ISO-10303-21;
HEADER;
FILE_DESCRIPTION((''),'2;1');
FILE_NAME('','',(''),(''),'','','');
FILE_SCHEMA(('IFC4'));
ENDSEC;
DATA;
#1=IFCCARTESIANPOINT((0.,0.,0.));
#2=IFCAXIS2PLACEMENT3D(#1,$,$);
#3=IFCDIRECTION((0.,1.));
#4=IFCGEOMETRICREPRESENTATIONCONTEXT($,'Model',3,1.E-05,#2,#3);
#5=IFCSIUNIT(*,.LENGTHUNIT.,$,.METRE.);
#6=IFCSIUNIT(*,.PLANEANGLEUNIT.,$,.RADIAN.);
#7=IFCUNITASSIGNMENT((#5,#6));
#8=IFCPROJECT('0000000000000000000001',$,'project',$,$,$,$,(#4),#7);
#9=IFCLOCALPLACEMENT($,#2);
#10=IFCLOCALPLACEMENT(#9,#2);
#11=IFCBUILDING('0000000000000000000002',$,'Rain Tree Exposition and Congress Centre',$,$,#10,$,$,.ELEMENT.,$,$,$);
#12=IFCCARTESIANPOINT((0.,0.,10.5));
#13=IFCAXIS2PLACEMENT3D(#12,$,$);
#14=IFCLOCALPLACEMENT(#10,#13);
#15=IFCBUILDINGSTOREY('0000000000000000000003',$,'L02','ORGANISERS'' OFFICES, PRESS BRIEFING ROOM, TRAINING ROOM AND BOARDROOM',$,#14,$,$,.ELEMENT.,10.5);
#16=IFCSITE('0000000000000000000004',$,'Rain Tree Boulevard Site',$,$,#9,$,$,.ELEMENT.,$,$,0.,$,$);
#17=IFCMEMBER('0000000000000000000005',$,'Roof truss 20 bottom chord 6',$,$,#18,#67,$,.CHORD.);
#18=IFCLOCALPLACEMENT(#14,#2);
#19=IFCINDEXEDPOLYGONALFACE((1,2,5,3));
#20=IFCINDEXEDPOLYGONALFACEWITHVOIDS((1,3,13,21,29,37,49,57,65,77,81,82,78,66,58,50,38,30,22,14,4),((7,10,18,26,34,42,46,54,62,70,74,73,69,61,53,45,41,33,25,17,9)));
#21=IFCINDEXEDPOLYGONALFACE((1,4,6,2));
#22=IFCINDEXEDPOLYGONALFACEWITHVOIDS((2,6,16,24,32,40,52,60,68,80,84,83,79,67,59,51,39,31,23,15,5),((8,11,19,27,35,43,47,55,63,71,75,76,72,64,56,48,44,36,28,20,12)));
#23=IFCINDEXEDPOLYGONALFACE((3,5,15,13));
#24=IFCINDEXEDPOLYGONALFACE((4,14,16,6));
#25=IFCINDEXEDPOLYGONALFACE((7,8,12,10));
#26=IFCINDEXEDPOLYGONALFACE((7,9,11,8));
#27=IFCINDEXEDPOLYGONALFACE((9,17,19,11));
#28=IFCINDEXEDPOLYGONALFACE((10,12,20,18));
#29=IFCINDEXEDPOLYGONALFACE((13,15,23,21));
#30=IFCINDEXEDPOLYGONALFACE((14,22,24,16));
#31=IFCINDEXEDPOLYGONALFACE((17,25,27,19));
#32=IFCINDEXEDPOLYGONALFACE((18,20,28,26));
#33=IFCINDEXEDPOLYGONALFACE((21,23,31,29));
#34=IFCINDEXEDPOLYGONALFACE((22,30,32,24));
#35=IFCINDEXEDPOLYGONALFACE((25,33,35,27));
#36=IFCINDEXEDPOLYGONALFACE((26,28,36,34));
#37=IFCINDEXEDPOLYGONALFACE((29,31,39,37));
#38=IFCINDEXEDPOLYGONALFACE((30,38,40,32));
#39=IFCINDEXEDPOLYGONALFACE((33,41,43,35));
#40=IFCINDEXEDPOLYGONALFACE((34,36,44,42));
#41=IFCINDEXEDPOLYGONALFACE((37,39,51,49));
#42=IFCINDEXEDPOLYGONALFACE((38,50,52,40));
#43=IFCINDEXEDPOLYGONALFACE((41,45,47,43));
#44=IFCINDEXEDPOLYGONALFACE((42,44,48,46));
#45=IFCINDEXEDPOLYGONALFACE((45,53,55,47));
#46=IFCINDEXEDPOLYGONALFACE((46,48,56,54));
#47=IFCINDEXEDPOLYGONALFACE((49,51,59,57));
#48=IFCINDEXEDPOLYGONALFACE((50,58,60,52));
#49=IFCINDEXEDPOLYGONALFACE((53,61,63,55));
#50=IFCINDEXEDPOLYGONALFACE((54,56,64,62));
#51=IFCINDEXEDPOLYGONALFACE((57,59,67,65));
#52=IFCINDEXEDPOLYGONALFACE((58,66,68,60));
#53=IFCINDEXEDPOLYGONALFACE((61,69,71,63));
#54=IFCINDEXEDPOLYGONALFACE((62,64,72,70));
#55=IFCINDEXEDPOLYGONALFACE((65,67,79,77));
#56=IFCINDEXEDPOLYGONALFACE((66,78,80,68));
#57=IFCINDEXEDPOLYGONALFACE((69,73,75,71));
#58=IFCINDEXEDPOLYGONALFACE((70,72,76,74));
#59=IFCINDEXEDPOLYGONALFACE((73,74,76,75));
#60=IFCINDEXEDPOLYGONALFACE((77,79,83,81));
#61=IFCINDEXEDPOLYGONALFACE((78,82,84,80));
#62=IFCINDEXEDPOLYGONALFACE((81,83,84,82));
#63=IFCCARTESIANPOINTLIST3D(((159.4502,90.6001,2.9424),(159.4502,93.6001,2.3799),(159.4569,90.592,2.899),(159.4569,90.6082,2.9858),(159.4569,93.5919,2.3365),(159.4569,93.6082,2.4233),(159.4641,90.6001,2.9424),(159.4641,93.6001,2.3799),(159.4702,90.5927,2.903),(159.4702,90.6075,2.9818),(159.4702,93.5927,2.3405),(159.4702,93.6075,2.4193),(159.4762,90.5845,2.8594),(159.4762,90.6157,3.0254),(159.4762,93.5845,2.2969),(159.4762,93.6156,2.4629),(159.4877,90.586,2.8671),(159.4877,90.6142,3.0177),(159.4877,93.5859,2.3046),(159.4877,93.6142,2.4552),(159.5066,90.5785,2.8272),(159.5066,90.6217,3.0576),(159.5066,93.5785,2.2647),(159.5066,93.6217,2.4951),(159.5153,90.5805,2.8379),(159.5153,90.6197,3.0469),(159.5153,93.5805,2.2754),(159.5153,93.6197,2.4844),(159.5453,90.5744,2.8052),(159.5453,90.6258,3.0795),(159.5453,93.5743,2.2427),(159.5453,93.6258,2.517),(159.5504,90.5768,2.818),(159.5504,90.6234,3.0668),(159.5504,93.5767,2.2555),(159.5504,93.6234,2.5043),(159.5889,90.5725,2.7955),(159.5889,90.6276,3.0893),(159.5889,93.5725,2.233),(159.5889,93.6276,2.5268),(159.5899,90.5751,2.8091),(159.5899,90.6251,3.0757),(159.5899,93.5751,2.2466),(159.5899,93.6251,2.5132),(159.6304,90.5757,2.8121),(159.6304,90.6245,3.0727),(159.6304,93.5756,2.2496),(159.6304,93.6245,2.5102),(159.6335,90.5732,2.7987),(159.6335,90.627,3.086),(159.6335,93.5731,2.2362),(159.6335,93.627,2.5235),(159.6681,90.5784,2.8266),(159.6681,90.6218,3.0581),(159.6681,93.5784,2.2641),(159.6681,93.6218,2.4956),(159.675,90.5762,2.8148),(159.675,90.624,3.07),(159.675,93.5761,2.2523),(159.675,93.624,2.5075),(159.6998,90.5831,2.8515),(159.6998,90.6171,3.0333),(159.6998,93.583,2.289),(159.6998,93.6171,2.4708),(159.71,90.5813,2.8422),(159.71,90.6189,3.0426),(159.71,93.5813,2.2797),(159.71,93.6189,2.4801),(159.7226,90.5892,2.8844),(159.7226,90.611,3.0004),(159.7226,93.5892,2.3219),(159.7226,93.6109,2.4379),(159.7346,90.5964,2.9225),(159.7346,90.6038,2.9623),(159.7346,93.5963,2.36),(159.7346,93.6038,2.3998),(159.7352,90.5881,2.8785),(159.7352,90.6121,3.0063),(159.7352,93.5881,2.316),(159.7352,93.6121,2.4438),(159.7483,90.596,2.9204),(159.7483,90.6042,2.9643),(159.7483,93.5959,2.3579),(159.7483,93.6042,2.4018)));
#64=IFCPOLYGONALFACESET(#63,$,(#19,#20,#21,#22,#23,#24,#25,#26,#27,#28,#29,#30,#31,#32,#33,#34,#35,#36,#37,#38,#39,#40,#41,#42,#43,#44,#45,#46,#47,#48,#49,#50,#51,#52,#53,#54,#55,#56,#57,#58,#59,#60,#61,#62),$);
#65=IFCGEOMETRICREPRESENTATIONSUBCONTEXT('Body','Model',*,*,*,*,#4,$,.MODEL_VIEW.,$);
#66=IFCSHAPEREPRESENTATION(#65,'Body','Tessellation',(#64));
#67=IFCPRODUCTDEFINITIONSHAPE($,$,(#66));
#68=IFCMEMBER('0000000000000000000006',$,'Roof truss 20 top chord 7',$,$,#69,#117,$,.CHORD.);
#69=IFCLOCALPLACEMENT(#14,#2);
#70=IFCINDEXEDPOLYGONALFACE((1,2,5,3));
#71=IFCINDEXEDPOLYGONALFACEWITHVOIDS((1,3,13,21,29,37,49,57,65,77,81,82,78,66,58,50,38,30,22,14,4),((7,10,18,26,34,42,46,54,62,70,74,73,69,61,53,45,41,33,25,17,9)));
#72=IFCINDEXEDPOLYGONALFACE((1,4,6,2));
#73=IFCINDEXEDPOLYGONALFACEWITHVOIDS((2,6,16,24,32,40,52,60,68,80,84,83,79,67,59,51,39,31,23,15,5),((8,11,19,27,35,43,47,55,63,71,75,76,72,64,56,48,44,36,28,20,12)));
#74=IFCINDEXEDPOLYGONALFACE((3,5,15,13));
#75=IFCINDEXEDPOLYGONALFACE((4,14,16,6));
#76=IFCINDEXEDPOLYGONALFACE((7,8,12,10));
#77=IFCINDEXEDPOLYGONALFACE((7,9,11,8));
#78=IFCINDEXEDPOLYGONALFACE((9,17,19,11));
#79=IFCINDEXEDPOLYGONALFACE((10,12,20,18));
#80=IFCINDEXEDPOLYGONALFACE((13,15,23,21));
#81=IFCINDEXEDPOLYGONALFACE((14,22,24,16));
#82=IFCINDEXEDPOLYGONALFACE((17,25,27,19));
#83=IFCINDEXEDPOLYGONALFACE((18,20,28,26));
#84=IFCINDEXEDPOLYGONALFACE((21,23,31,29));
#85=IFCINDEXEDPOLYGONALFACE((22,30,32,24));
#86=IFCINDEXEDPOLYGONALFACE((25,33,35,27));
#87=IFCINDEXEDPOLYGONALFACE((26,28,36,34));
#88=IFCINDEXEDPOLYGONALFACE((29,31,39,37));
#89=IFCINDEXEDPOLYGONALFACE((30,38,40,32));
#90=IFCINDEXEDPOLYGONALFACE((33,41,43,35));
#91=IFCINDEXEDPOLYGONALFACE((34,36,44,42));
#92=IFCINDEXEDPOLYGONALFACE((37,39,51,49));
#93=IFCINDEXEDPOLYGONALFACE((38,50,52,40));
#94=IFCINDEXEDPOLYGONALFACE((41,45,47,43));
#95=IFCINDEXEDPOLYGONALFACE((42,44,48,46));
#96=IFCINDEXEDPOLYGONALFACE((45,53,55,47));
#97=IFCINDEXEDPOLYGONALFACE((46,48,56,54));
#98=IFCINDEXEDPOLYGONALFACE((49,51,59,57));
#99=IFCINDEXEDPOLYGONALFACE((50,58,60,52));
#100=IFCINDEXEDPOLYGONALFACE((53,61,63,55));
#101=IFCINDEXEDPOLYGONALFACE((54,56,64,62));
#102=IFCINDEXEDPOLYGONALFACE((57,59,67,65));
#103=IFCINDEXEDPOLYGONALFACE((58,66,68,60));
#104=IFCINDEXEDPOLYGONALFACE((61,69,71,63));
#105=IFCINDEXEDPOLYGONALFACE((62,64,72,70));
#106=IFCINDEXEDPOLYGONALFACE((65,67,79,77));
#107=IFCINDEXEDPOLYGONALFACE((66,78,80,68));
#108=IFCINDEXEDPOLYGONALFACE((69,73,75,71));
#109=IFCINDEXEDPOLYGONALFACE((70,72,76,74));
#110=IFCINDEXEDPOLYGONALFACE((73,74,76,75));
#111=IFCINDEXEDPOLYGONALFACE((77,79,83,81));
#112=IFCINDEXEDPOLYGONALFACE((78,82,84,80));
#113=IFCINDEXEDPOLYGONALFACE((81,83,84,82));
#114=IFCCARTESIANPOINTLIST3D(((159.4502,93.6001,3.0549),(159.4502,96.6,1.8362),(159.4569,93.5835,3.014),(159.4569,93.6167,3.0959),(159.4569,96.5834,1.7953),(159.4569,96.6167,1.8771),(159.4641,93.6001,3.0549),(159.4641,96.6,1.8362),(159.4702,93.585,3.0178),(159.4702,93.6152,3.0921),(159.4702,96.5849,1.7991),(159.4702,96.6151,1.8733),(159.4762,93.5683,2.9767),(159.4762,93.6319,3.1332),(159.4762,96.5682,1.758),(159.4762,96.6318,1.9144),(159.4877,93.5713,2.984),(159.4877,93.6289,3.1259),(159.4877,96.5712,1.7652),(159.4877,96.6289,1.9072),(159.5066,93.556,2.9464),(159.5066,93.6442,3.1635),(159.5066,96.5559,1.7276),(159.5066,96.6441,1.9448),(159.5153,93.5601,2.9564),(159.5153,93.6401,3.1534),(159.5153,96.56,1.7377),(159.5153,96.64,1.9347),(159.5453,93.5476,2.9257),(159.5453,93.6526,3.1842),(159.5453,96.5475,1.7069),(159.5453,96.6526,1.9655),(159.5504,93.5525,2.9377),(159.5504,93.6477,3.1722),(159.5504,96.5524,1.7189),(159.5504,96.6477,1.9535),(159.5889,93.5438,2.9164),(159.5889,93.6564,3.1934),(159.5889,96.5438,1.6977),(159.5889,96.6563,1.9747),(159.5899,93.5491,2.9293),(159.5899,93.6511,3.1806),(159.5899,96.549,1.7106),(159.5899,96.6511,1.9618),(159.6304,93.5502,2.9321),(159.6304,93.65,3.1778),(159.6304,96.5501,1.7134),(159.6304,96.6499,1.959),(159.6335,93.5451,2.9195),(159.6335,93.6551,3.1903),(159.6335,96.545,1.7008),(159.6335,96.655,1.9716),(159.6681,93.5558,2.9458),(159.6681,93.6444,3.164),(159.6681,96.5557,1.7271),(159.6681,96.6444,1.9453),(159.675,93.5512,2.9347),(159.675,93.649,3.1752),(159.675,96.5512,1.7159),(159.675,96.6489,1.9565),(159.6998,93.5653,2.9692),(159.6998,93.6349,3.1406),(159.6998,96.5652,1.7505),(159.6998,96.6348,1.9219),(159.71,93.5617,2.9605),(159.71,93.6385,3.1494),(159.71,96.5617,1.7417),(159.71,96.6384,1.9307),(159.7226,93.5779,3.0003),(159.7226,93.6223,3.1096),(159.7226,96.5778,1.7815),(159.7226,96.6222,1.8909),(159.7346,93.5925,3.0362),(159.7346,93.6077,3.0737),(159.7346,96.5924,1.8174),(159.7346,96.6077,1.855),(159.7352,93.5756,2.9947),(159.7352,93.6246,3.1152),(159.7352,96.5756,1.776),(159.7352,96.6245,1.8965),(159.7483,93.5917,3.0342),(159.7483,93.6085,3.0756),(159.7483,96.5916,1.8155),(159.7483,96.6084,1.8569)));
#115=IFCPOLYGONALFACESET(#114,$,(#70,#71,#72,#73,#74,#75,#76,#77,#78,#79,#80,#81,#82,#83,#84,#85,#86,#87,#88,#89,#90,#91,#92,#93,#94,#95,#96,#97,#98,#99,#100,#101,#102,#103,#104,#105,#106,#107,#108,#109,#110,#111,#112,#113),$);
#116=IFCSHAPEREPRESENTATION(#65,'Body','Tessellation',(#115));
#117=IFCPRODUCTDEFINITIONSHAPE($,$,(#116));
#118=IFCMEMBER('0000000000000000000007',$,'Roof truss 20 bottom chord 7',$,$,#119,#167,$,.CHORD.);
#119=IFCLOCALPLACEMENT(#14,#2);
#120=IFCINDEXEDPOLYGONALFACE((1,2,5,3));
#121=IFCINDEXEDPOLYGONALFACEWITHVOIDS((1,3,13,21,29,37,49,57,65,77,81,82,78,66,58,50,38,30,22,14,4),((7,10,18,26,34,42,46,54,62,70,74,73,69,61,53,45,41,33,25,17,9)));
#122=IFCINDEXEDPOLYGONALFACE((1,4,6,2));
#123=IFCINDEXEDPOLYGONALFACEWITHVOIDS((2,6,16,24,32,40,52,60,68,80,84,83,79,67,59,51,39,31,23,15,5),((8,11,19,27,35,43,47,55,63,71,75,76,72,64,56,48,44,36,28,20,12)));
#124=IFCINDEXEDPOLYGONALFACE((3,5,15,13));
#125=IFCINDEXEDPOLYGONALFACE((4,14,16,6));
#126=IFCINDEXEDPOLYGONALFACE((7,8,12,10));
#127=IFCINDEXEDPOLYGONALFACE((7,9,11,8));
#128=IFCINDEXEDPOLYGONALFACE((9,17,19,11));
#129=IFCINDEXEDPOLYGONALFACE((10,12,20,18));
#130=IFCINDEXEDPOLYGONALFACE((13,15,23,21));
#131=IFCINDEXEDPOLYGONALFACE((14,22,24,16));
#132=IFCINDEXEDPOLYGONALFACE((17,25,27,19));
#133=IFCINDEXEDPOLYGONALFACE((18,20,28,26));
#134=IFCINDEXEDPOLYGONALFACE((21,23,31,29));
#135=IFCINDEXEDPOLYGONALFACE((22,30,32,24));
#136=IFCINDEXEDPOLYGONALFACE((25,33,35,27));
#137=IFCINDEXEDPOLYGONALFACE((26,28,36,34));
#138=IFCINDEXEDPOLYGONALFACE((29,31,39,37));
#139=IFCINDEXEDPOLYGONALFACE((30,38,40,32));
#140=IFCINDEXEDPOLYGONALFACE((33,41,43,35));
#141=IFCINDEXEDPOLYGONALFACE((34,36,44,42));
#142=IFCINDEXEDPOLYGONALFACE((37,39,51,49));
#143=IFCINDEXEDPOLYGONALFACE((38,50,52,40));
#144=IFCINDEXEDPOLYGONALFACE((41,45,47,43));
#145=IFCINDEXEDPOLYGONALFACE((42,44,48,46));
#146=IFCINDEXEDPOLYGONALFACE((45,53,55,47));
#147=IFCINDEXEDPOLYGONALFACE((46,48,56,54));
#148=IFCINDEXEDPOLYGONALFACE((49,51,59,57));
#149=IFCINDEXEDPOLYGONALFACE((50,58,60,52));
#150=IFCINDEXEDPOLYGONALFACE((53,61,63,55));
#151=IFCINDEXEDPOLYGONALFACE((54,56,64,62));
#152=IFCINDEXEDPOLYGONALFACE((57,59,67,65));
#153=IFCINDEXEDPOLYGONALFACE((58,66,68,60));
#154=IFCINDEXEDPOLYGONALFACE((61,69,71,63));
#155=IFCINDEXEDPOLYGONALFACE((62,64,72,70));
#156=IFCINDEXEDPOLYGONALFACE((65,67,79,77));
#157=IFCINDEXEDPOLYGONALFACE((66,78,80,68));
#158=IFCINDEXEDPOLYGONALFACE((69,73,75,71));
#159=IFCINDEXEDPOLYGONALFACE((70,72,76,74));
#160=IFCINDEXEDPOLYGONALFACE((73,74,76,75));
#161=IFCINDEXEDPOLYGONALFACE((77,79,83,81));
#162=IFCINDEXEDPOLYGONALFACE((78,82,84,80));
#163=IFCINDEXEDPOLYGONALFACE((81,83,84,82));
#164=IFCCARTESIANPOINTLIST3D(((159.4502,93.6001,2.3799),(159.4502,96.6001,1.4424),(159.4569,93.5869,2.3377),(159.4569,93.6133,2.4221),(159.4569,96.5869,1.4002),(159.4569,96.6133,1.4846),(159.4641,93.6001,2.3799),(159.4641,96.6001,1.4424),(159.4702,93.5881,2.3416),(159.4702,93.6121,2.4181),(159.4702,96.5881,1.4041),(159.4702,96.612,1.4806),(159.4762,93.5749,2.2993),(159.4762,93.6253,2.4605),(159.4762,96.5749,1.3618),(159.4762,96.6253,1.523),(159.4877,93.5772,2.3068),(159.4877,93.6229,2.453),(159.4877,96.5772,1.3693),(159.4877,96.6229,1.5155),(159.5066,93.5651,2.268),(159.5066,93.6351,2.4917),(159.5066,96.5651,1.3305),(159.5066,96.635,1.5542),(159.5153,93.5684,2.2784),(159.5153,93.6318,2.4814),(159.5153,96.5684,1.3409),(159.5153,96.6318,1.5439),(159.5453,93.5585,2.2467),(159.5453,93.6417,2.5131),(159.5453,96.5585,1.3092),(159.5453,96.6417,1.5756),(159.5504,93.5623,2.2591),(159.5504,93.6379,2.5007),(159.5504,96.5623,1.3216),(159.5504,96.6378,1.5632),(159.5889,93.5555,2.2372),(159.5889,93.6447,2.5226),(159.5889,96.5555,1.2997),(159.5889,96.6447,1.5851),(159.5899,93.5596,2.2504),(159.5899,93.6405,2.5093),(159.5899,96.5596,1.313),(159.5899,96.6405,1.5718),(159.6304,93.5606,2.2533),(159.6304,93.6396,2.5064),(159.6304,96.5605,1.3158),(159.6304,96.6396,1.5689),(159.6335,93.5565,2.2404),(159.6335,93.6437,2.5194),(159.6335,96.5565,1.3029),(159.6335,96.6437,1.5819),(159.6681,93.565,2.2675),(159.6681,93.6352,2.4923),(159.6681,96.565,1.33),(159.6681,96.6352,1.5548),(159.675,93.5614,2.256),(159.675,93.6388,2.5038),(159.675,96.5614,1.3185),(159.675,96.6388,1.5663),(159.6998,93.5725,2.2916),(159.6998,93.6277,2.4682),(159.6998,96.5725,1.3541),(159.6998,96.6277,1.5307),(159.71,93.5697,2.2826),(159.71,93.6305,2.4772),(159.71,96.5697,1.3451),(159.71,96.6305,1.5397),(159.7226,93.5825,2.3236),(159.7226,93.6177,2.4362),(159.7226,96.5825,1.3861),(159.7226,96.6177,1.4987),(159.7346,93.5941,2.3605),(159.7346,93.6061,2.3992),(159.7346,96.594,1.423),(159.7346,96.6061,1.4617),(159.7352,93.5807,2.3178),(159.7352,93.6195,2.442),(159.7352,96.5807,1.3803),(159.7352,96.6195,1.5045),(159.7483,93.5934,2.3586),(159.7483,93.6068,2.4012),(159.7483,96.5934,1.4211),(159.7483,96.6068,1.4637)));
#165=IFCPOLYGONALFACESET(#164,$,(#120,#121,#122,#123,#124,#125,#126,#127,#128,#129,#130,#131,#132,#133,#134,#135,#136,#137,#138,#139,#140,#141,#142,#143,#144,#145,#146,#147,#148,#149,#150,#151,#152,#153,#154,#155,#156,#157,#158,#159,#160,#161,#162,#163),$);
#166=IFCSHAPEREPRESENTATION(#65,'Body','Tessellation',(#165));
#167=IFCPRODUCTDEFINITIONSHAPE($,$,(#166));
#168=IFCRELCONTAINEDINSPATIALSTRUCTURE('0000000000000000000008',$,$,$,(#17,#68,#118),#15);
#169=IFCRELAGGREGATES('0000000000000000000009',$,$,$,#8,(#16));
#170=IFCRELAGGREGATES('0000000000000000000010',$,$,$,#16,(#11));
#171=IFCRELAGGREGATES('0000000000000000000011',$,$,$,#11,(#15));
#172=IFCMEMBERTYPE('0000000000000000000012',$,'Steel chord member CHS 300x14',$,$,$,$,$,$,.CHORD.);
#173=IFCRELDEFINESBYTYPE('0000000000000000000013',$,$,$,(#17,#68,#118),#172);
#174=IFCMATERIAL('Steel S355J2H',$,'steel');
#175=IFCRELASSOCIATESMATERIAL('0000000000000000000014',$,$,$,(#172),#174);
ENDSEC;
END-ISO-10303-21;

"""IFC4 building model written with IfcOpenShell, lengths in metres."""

from ifc_helpers import new_model, si_unit, direction, frame, origin, origin_2d, place, context, subcontext, project, spatial, hollow_circle, extrude, material, material_profile, profile_set, type_object, element, save


model = new_model("IFC4")

# Units and contexts
model_context = context("Model", 3, precision=1e-05, world=origin(), true_north=direction((0.0, 1.0)))
body_context = subcontext(model_context, "Body", "Model", "MODEL_VIEW")
ifc_project = project(units=[si_unit("LENGTHUNIT", "METRE"), si_unit("PLANEANGLEUNIT", "RADIAN")], contexts=[model_context])

# Site, building, storey
site_placement = place(None, origin())
site = spatial("IfcSite", under=ifc_project, at=site_placement, Name="Rain Tree Boulevard Site", CompositionType="ELEMENT", RefElevation=0.0)
building_placement = place(site_placement, origin())
building = spatial("IfcBuilding", under=site, at=building_placement, Name="Rain Tree Exposition and Congress Centre", CompositionType="ELEMENT")
storey_placement = place(building_placement, frame((0.0, 0.0, 10.5)))
storey = spatial("IfcBuildingStorey", under=building, at=storey_placement, Name="L02", Description="ORGANISERS' OFFICES, PRESS BRIEFING ROOM, TRAINING ROOM AND BOARDROOM", CompositionType="ELEMENT", Elevation=10.5)

# Members
ifc_material_1 = material(Name="Steel S355J2H", Category="steel")
ifc_material_profile_1 = material_profile(ifc_material_1, hollow_circle(Radius=0.1499, WallThickness=0.0139, at=origin_2d()), Name="CHS 300x14")
ifc_profile_set_1 = profile_set([ifc_material_profile_1], Name="Steel S355J2H")
member_type_1 = type_object("IfcMemberType", Name="Steel chord member CHS 300x14", PredefinedType="CHORD", material=ifc_profile_set_1)
member_1_placement = place(storey_placement, frame((159.6001, 90.6001, 2.9424), z_axis=(0.0, 0.982872, -0.184289), x_axis=(-1.0, 0.0, 0.0)))
element("IfcMember", 1, at=member_1_placement, inside=storey, type_object=member_type_1, Name="Roof truss 20 bottom chord 6", PredefinedType="CHORD", context=body_context, shape_type="SweptSolid", body=[
    extrude(hollow_circle(Radius=0.1499, WallThickness=0.0139, at=origin_2d()), origin(), (0.0, 0.0, 1.0), 3.0522),
])
member_2_placement = place(storey_placement, frame((159.6001, 93.6001, 3.0549), z_axis=(0.0, 0.926467, -0.376377), x_axis=(-1.0, 0.0, 0.0)))
element("IfcMember", 2, at=member_2_placement, inside=storey, type_object=member_type_1, Name="Roof truss 20 top chord 7", PredefinedType="CHORD", context=body_context, shape_type="SweptSolid", body=[
    extrude(hollow_circle(Radius=0.1499, WallThickness=0.0139, at=origin_2d()), origin(), (0.0, 0.0, 1.0), 3.238),
])
member_3_placement = place(storey_placement, frame((159.6001, 93.6001, 2.3799), z_axis=(0.0, 0.95448, -0.298275), x_axis=(-1.0, 0.0, 0.0)))
element("IfcMember", 3, at=member_3_placement, inside=storey, type_object=member_type_1, Name="Roof truss 20 bottom chord 7", PredefinedType="CHORD", context=body_context, shape_type="SweptSolid", body=[
    extrude(hollow_circle(Radius=0.1499, WallThickness=0.0139, at=origin_2d()), origin(), (0.0, 0.0, 1.0), 3.1431),
])

save(model, "model.ifc")
